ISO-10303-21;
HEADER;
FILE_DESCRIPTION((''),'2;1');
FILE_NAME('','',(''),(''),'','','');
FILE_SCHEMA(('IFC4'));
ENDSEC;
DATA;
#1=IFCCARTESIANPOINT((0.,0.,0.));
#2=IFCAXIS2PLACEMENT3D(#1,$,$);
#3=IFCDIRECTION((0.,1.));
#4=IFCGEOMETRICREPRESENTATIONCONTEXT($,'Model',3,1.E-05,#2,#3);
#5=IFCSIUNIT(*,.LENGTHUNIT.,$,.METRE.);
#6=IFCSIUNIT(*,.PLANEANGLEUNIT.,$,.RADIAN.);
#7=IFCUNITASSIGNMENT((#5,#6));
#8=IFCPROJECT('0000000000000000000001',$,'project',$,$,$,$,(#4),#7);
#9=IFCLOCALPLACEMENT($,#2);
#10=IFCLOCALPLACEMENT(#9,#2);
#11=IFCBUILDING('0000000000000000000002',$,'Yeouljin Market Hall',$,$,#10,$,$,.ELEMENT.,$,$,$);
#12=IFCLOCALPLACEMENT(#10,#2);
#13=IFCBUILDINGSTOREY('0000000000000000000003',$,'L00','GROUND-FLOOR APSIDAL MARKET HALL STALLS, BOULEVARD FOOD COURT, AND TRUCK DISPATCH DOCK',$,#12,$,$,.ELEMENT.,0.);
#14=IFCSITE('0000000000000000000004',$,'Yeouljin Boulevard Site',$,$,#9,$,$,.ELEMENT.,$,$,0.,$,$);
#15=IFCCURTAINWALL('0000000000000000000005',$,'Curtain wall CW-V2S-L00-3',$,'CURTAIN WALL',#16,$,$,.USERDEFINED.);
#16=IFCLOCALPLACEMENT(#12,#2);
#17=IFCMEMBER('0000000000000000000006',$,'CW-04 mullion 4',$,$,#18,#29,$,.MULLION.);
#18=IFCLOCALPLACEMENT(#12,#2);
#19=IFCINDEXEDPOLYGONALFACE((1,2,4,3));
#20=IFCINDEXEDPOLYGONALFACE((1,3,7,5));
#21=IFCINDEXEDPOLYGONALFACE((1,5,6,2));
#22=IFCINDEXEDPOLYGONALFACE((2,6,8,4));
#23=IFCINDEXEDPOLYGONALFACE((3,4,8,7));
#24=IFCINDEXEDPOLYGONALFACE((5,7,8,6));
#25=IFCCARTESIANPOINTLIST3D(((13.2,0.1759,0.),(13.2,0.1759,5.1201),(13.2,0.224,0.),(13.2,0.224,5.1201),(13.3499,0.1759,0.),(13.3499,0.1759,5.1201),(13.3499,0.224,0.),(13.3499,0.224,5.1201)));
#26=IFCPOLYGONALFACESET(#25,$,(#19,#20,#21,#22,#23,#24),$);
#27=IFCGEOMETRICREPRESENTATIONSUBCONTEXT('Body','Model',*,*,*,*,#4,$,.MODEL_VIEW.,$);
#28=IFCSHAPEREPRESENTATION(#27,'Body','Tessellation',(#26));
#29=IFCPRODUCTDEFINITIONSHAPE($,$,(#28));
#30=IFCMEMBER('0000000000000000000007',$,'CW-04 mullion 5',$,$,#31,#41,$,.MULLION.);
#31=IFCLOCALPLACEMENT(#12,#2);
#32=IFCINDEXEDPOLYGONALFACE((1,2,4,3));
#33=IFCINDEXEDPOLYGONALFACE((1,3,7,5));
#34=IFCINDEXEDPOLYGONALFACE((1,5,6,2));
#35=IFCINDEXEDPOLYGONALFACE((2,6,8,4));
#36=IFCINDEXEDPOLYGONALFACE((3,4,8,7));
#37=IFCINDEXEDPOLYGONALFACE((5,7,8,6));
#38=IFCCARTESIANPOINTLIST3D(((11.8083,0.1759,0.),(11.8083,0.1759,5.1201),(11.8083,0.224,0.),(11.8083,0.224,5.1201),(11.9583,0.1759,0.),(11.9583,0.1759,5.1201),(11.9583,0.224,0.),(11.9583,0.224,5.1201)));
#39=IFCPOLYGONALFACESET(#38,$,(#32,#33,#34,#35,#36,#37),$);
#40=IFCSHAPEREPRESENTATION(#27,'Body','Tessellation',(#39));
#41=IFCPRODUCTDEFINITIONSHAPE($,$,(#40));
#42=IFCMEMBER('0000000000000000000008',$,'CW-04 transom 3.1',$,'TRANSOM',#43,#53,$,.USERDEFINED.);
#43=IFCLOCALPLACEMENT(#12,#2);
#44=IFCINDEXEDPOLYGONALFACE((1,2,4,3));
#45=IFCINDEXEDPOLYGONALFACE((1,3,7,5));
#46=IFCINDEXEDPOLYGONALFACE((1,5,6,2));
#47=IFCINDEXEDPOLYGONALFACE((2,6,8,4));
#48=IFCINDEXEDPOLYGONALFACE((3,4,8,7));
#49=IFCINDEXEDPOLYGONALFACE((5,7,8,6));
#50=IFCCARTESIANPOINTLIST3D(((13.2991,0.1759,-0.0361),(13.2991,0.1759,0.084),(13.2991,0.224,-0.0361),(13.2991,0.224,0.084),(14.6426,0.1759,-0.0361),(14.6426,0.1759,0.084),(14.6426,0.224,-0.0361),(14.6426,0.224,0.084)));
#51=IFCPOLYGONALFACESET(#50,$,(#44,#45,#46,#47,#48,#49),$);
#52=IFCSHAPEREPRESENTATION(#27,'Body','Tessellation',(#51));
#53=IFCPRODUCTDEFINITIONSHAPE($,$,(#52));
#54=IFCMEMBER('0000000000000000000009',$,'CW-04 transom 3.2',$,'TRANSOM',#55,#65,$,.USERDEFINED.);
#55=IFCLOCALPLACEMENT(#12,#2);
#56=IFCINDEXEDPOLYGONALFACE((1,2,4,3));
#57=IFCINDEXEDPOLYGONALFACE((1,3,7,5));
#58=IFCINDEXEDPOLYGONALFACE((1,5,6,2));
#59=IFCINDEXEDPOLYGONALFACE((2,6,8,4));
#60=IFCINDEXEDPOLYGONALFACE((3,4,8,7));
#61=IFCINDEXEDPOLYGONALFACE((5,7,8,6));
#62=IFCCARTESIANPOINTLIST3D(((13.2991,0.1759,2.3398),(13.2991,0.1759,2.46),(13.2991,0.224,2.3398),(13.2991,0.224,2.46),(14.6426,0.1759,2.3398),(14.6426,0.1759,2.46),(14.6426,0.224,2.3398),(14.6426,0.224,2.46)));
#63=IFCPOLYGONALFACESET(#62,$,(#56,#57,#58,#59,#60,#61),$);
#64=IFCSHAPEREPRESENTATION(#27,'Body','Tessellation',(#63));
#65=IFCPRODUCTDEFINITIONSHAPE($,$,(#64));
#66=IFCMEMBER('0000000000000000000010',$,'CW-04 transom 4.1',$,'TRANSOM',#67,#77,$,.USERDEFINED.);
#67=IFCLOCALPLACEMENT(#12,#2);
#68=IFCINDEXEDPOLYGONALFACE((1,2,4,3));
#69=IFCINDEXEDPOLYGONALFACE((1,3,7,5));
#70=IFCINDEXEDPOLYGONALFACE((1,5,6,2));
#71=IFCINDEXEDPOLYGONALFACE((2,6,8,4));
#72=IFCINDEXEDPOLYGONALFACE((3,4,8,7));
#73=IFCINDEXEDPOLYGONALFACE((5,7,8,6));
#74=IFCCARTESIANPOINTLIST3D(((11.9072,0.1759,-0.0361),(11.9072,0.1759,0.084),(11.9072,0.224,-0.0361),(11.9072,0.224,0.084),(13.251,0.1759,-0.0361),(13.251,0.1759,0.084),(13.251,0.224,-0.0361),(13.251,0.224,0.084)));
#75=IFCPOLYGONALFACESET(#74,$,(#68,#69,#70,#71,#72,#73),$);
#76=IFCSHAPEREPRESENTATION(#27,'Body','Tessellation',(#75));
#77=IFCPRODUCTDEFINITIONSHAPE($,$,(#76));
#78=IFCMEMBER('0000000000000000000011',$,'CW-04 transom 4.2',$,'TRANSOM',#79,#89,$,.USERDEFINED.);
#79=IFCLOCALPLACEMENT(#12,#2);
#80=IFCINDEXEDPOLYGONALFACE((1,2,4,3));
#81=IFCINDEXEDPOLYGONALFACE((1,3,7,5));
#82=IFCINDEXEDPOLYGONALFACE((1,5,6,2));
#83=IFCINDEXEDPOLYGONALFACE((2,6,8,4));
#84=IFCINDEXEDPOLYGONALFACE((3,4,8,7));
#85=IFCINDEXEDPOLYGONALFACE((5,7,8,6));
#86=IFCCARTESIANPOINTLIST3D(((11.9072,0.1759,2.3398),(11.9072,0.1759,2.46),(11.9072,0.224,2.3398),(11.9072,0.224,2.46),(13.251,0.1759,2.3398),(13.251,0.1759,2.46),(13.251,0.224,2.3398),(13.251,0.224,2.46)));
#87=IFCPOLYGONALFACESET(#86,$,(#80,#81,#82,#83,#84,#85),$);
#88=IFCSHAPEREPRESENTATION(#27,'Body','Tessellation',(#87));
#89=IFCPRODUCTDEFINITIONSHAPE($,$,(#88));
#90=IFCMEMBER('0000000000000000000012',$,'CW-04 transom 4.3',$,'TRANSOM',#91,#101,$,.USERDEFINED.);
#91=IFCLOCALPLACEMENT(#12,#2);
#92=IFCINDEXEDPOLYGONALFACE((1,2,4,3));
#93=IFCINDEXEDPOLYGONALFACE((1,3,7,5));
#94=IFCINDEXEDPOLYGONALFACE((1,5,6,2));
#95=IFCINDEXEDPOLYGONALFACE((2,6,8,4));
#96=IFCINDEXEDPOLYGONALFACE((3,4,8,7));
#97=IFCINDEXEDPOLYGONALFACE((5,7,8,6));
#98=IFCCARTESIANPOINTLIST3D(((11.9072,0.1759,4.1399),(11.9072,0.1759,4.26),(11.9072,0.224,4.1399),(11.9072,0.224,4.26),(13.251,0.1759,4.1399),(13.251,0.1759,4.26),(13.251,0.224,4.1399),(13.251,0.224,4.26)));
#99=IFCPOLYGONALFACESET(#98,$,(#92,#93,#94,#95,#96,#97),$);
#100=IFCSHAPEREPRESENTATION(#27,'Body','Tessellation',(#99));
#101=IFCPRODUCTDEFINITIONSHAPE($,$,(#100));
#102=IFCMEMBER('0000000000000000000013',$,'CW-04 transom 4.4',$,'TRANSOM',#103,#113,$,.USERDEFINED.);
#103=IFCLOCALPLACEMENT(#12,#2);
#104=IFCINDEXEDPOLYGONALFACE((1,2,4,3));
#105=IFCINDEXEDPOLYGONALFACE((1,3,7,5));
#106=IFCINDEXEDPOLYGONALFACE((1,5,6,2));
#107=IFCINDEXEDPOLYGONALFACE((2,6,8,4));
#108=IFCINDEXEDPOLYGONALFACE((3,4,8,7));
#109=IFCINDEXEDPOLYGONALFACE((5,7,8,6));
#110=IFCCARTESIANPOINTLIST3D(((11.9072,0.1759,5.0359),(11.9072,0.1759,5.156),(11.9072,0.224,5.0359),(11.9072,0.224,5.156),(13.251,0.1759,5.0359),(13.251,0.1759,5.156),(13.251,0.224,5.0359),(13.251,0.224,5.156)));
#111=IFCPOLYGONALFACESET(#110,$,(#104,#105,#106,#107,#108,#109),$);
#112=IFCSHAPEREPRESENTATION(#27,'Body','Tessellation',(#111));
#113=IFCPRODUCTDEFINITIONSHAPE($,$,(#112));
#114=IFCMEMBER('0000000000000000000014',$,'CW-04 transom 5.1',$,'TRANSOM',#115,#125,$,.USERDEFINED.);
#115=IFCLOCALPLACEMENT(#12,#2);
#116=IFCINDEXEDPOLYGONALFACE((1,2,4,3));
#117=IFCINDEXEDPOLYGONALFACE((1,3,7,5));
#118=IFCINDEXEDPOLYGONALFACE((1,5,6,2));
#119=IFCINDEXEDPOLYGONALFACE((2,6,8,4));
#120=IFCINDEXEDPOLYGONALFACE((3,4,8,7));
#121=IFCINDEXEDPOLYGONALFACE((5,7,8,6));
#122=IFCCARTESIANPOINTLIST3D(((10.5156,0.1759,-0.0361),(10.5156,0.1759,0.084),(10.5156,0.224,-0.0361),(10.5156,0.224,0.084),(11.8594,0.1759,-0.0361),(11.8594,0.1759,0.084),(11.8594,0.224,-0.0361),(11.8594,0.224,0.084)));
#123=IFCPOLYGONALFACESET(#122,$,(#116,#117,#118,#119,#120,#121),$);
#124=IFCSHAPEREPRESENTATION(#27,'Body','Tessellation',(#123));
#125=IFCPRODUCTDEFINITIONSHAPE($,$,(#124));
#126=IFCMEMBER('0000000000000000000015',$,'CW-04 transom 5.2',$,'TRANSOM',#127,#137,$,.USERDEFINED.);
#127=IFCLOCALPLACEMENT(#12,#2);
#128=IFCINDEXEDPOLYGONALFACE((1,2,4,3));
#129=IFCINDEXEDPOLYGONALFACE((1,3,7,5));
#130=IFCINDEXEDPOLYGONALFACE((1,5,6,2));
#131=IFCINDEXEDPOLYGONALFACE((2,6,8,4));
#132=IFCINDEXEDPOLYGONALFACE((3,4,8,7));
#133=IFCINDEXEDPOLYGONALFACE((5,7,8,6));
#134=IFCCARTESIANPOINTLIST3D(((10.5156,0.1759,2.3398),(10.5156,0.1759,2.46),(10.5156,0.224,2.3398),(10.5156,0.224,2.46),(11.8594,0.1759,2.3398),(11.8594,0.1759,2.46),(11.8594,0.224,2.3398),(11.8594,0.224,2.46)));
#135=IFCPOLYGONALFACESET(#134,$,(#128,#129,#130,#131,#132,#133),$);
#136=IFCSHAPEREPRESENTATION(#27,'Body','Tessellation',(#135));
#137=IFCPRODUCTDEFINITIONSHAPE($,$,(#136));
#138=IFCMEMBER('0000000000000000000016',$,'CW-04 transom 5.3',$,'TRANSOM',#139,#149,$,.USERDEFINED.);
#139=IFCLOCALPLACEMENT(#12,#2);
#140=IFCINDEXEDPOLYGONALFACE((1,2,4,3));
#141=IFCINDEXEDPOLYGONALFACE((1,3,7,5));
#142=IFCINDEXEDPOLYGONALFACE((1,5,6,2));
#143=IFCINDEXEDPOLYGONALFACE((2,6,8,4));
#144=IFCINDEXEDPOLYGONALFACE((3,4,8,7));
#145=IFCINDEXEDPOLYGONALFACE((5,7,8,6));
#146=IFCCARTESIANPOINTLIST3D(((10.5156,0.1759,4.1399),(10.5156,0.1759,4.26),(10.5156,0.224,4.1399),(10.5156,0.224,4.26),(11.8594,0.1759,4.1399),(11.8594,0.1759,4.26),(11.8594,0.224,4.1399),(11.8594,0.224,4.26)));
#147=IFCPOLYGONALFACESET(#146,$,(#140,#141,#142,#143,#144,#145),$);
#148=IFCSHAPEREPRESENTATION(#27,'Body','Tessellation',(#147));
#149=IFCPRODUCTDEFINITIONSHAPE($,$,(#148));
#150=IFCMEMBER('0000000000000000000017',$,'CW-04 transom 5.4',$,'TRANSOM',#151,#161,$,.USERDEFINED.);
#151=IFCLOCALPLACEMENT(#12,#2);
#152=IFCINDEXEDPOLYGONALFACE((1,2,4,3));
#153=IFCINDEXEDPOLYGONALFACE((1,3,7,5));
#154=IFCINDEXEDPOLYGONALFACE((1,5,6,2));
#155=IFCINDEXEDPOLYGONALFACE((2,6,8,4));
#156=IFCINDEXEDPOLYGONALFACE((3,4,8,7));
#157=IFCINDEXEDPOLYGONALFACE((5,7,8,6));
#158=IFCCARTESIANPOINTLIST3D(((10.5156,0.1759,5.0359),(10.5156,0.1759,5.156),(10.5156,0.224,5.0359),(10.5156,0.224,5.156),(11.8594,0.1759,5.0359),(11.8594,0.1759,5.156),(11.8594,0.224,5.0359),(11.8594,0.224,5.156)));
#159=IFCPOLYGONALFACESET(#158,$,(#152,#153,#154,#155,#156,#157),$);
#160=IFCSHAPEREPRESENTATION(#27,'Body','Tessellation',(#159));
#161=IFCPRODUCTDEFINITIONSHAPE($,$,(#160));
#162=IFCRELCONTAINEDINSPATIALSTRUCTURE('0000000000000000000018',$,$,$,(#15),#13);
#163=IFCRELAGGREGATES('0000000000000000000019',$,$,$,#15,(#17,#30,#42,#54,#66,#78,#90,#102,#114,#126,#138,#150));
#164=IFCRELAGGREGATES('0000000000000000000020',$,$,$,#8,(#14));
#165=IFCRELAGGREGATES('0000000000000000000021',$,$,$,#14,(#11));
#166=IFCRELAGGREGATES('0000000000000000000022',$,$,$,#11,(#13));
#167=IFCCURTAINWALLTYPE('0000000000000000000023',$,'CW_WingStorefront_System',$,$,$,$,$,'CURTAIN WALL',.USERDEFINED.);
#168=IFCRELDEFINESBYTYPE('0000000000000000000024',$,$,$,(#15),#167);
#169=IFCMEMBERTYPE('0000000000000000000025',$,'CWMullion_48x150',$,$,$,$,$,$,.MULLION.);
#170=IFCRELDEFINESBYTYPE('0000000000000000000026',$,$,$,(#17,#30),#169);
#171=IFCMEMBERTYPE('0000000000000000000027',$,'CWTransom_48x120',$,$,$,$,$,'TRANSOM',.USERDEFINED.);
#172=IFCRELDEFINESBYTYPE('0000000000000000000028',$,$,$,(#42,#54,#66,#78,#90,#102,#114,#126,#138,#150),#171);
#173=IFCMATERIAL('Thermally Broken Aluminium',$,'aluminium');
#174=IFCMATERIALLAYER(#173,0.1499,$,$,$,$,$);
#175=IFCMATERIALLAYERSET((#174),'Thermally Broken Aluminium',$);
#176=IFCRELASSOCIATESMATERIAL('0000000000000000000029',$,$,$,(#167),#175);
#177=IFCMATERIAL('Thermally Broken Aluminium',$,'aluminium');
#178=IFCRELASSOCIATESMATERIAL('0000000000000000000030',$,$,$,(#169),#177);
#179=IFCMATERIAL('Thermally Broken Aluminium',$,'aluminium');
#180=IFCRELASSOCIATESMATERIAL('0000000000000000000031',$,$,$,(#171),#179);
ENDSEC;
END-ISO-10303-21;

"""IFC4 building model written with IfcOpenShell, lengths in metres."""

from ifc_helpers import new_model, si_unit, direction, frame, origin, origin_2d, place, context, subcontext, project, spatial, rectangle, extrude, material, layer, layer_set, material_profile, profile_set, type_object, element, aggregate, save


model = new_model("IFC4")

# Units and contexts
model_context = context("Model", 3, precision=1e-05, world=origin(), true_north=direction((0.0, 1.0)))
body_context = subcontext(model_context, "Body", "Model", "MODEL_VIEW")
ifc_project = project(units=[si_unit("LENGTHUNIT", "METRE"), si_unit("PLANEANGLEUNIT", "RADIAN")], contexts=[model_context])

# Site, building, storey
site_placement = place(None, origin())
site = spatial("IfcSite", under=ifc_project, at=site_placement, Name="Yeouljin Boulevard Site", CompositionType="ELEMENT", RefElevation=0.0)
building_placement = place(site_placement, origin())
building = spatial("IfcBuilding", under=site, at=building_placement, Name="Yeouljin Market Hall", CompositionType="ELEMENT")
storey_placement = place(building_placement, origin())
storey = spatial("IfcBuildingStorey", under=building, at=storey_placement, Name="L00", Description="GROUND-FLOOR APSIDAL MARKET HALL STALLS, BOULEVARD FOOD COURT, AND TRUCK DISPATCH DOCK", CompositionType="ELEMENT", Elevation=0.0)

# Curtain wall, members
ifc_material_1 = material(Name="Thermally Broken Aluminium", Category="aluminium")
ifc_layer_1 = layer(ifc_material_1, 0.1499)
ifc_layer_set_1 = layer_set([ifc_layer_1], Name="Thermally Broken Aluminium")
curtain_wall_type = type_object("IfcCurtainWallType", Name="CW_WingStorefront_System", ElementType="CURTAIN WALL", PredefinedType="USERDEFINED", material=ifc_layer_set_1)
curtain_wall_placement = place(storey_placement, origin())
curtain_wall = element("IfcCurtainWall", 1, at=curtain_wall_placement, inside=storey, type_object=curtain_wall_type, Name="Curtain wall CW-V2S-L00-3", ObjectType="CURTAIN WALL", PredefinedType="USERDEFINED")
ifc_material_2 = material(Name="Thermally Broken Aluminium", Category="aluminium")
ifc_material_profile_1 = material_profile(ifc_material_2, rectangle(XDim=0.0481, YDim=0.1499, at=origin_2d()), Name="CW-MULL-48x150")
ifc_profile_set_1 = profile_set([ifc_material_profile_1], Name="Thermally Broken Aluminium")
member_type_1 = type_object("IfcMemberType", Name="CWMullion_48x150", PredefinedType="MULLION", material=ifc_profile_set_1)
member_1_placement = place(storey_placement, frame((13.2749, 0.2, 0.0), z_axis=(0.0, 0.0, 1.0), x_axis=(0.0, -1.0, 0.0)))
member_1 = element("IfcMember", 2, at=member_1_placement, type_object=member_type_1, Name="CW-04 mullion 4", PredefinedType="MULLION", context=body_context, shape_type="SweptSolid", body=[
    extrude(rectangle(XDim=0.0481, YDim=0.1499, at=origin_2d()), origin(), (0.0, 0.0, 1.0), 5.1201),
])
member_2_placement = place(storey_placement, frame((11.8833, 0.2, 0.0), z_axis=(0.0, 0.0, 1.0), x_axis=(0.0, -1.0, 0.0)))
member_2 = element("IfcMember", 3, at=member_2_placement, type_object=member_type_1, Name="CW-04 mullion 5", PredefinedType="MULLION", context=body_context, shape_type="SweptSolid", body=[
    extrude(rectangle(XDim=0.0481, YDim=0.1499, at=origin_2d()), origin(), (0.0, 0.0, 1.0), 5.1201),
])
ifc_material_3 = material(Name="Thermally Broken Aluminium", Category="aluminium")
ifc_material_profile_2 = material_profile(ifc_material_3, rectangle(XDim=0.0481, YDim=0.1201, at=origin_2d()), Name="CW-TRAN-48x120")
ifc_profile_set_2 = profile_set([ifc_material_profile_2], Name="Thermally Broken Aluminium")
member_type_2 = type_object("IfcMemberType", Name="CWTransom_48x120", ElementType="TRANSOM", PredefinedType="USERDEFINED", material=ifc_profile_set_2)
member_3_placement = place(storey_placement, frame((14.6426, 0.2, 0.0239), z_axis=(-1.0, 0.0, 0.0), x_axis=(0.0, -1.0, 0.0)))
member_3 = element("IfcMember", 4, at=member_3_placement, type_object=member_type_2, Name="CW-04 transom 3.1", ObjectType="TRANSOM", PredefinedType="USERDEFINED", context=body_context, shape_type="SweptSolid", body=[
    extrude(rectangle(XDim=0.0481, YDim=0.1201, at=origin_2d()), origin(), (0.0, 0.0, 1.0), 1.3435),
])
member_4_placement = place(storey_placement, frame((14.6426, 0.2, 2.3999), z_axis=(-1.0, 0.0, 0.0), x_axis=(0.0, -1.0, 0.0)))
member_4 = element("IfcMember", 5, at=member_4_placement, type_object=member_type_2, Name="CW-04 transom 3.2", ObjectType="TRANSOM", PredefinedType="USERDEFINED", context=body_context, shape_type="SweptSolid", body=[
    extrude(rectangle(XDim=0.0481, YDim=0.1201, at=origin_2d()), origin(), (0.0, 0.0, 1.0), 1.3435),
])
member_5_placement = place(storey_placement, frame((13.251, 0.2, 0.0239), z_axis=(-1.0, 0.0, 0.0), x_axis=(0.0, -1.0, 0.0)))
member_5 = element("IfcMember", 6, at=member_5_placement, type_object=member_type_2, Name="CW-04 transom 4.1", ObjectType="TRANSOM", PredefinedType="USERDEFINED", context=body_context, shape_type="SweptSolid", body=[
    extrude(rectangle(XDim=0.0481, YDim=0.1201, at=origin_2d()), origin(), (0.0, 0.0, 1.0), 1.3438),
])
member_6_placement = place(storey_placement, frame((13.251, 0.2, 2.3999), z_axis=(-1.0, 0.0, 0.0), x_axis=(0.0, -1.0, 0.0)))
member_6 = element("IfcMember", 7, at=member_6_placement, type_object=member_type_2, Name="CW-04 transom 4.2", ObjectType="TRANSOM", PredefinedType="USERDEFINED", context=body_context, shape_type="SweptSolid", body=[
    extrude(rectangle(XDim=0.0481, YDim=0.1201, at=origin_2d()), origin(), (0.0, 0.0, 1.0), 1.3438),
])
member_7_placement = place(storey_placement, frame((13.251, 0.2, 4.2), z_axis=(-1.0, 0.0, 0.0), x_axis=(0.0, -1.0, 0.0)))
member_7 = element("IfcMember", 8, at=member_7_placement, type_object=member_type_2, Name="CW-04 transom 4.3", ObjectType="TRANSOM", PredefinedType="USERDEFINED", context=body_context, shape_type="SweptSolid", body=[
    extrude(rectangle(XDim=0.0481, YDim=0.1201, at=origin_2d()), origin(), (0.0, 0.0, 1.0), 1.3438),
])
member_8_placement = place(storey_placement, frame((13.251, 0.2, 5.0959), z_axis=(-1.0, 0.0, 0.0), x_axis=(0.0, -1.0, 0.0)))
member_8 = element("IfcMember", 9, at=member_8_placement, type_object=member_type_2, Name="CW-04 transom 4.4", ObjectType="TRANSOM", PredefinedType="USERDEFINED", context=body_context, shape_type="SweptSolid", body=[
    extrude(rectangle(XDim=0.0481, YDim=0.1201, at=origin_2d()), origin(), (0.0, 0.0, 1.0), 1.3438),
])
member_9_placement = place(storey_placement, frame((11.8594, 0.2, 0.0239), z_axis=(-1.0, 0.0, 0.0), x_axis=(0.0, -1.0, 0.0)))
member_9 = element("IfcMember", 10, at=member_9_placement, type_object=member_type_2, Name="CW-04 transom 5.1", ObjectType="TRANSOM", PredefinedType="USERDEFINED", context=body_context, shape_type="SweptSolid", body=[
    extrude(rectangle(XDim=0.0481, YDim=0.1201, at=origin_2d()), origin(), (0.0, 0.0, 1.0), 1.3438),
])
member_10_placement = place(storey_placement, frame((11.8594, 0.2, 2.3999), z_axis=(-1.0, 0.0, 0.0), x_axis=(0.0, -1.0, 0.0)))
member_10 = element("IfcMember", 11, at=member_10_placement, type_object=member_type_2, Name="CW-04 transom 5.2", ObjectType="TRANSOM", PredefinedType="USERDEFINED", context=body_context, shape_type="SweptSolid", body=[
    extrude(rectangle(XDim=0.0481, YDim=0.1201, at=origin_2d()), origin(), (0.0, 0.0, 1.0), 1.3438),
])
member_11_placement = place(storey_placement, frame((11.8594, 0.2, 4.2), z_axis=(-1.0, 0.0, 0.0), x_axis=(0.0, -1.0, 0.0)))
member_11 = element("IfcMember", 12, at=member_11_placement, type_object=member_type_2, Name="CW-04 transom 5.3", ObjectType="TRANSOM", PredefinedType="USERDEFINED", context=body_context, shape_type="SweptSolid", body=[
    extrude(rectangle(XDim=0.0481, YDim=0.1201, at=origin_2d()), origin(), (0.0, 0.0, 1.0), 1.3438),
])
member_12_placement = place(storey_placement, frame((11.8594, 0.2, 5.0959), z_axis=(-1.0, 0.0, 0.0), x_axis=(0.0, -1.0, 0.0)))
member_12 = element("IfcMember", 13, at=member_12_placement, type_object=member_type_2, Name="CW-04 transom 5.4", ObjectType="TRANSOM", PredefinedType="USERDEFINED", context=body_context, shape_type="SweptSolid", body=[
    extrude(rectangle(XDim=0.0481, YDim=0.1201, at=origin_2d()), origin(), (0.0, 0.0, 1.0), 1.3438),
])

aggregate(curtain_wall, [member_1, member_2, member_3, member_4, member_5, member_6, member_7, member_8, member_9, member_10, member_11, member_12])

save(model, "model.ifc")
